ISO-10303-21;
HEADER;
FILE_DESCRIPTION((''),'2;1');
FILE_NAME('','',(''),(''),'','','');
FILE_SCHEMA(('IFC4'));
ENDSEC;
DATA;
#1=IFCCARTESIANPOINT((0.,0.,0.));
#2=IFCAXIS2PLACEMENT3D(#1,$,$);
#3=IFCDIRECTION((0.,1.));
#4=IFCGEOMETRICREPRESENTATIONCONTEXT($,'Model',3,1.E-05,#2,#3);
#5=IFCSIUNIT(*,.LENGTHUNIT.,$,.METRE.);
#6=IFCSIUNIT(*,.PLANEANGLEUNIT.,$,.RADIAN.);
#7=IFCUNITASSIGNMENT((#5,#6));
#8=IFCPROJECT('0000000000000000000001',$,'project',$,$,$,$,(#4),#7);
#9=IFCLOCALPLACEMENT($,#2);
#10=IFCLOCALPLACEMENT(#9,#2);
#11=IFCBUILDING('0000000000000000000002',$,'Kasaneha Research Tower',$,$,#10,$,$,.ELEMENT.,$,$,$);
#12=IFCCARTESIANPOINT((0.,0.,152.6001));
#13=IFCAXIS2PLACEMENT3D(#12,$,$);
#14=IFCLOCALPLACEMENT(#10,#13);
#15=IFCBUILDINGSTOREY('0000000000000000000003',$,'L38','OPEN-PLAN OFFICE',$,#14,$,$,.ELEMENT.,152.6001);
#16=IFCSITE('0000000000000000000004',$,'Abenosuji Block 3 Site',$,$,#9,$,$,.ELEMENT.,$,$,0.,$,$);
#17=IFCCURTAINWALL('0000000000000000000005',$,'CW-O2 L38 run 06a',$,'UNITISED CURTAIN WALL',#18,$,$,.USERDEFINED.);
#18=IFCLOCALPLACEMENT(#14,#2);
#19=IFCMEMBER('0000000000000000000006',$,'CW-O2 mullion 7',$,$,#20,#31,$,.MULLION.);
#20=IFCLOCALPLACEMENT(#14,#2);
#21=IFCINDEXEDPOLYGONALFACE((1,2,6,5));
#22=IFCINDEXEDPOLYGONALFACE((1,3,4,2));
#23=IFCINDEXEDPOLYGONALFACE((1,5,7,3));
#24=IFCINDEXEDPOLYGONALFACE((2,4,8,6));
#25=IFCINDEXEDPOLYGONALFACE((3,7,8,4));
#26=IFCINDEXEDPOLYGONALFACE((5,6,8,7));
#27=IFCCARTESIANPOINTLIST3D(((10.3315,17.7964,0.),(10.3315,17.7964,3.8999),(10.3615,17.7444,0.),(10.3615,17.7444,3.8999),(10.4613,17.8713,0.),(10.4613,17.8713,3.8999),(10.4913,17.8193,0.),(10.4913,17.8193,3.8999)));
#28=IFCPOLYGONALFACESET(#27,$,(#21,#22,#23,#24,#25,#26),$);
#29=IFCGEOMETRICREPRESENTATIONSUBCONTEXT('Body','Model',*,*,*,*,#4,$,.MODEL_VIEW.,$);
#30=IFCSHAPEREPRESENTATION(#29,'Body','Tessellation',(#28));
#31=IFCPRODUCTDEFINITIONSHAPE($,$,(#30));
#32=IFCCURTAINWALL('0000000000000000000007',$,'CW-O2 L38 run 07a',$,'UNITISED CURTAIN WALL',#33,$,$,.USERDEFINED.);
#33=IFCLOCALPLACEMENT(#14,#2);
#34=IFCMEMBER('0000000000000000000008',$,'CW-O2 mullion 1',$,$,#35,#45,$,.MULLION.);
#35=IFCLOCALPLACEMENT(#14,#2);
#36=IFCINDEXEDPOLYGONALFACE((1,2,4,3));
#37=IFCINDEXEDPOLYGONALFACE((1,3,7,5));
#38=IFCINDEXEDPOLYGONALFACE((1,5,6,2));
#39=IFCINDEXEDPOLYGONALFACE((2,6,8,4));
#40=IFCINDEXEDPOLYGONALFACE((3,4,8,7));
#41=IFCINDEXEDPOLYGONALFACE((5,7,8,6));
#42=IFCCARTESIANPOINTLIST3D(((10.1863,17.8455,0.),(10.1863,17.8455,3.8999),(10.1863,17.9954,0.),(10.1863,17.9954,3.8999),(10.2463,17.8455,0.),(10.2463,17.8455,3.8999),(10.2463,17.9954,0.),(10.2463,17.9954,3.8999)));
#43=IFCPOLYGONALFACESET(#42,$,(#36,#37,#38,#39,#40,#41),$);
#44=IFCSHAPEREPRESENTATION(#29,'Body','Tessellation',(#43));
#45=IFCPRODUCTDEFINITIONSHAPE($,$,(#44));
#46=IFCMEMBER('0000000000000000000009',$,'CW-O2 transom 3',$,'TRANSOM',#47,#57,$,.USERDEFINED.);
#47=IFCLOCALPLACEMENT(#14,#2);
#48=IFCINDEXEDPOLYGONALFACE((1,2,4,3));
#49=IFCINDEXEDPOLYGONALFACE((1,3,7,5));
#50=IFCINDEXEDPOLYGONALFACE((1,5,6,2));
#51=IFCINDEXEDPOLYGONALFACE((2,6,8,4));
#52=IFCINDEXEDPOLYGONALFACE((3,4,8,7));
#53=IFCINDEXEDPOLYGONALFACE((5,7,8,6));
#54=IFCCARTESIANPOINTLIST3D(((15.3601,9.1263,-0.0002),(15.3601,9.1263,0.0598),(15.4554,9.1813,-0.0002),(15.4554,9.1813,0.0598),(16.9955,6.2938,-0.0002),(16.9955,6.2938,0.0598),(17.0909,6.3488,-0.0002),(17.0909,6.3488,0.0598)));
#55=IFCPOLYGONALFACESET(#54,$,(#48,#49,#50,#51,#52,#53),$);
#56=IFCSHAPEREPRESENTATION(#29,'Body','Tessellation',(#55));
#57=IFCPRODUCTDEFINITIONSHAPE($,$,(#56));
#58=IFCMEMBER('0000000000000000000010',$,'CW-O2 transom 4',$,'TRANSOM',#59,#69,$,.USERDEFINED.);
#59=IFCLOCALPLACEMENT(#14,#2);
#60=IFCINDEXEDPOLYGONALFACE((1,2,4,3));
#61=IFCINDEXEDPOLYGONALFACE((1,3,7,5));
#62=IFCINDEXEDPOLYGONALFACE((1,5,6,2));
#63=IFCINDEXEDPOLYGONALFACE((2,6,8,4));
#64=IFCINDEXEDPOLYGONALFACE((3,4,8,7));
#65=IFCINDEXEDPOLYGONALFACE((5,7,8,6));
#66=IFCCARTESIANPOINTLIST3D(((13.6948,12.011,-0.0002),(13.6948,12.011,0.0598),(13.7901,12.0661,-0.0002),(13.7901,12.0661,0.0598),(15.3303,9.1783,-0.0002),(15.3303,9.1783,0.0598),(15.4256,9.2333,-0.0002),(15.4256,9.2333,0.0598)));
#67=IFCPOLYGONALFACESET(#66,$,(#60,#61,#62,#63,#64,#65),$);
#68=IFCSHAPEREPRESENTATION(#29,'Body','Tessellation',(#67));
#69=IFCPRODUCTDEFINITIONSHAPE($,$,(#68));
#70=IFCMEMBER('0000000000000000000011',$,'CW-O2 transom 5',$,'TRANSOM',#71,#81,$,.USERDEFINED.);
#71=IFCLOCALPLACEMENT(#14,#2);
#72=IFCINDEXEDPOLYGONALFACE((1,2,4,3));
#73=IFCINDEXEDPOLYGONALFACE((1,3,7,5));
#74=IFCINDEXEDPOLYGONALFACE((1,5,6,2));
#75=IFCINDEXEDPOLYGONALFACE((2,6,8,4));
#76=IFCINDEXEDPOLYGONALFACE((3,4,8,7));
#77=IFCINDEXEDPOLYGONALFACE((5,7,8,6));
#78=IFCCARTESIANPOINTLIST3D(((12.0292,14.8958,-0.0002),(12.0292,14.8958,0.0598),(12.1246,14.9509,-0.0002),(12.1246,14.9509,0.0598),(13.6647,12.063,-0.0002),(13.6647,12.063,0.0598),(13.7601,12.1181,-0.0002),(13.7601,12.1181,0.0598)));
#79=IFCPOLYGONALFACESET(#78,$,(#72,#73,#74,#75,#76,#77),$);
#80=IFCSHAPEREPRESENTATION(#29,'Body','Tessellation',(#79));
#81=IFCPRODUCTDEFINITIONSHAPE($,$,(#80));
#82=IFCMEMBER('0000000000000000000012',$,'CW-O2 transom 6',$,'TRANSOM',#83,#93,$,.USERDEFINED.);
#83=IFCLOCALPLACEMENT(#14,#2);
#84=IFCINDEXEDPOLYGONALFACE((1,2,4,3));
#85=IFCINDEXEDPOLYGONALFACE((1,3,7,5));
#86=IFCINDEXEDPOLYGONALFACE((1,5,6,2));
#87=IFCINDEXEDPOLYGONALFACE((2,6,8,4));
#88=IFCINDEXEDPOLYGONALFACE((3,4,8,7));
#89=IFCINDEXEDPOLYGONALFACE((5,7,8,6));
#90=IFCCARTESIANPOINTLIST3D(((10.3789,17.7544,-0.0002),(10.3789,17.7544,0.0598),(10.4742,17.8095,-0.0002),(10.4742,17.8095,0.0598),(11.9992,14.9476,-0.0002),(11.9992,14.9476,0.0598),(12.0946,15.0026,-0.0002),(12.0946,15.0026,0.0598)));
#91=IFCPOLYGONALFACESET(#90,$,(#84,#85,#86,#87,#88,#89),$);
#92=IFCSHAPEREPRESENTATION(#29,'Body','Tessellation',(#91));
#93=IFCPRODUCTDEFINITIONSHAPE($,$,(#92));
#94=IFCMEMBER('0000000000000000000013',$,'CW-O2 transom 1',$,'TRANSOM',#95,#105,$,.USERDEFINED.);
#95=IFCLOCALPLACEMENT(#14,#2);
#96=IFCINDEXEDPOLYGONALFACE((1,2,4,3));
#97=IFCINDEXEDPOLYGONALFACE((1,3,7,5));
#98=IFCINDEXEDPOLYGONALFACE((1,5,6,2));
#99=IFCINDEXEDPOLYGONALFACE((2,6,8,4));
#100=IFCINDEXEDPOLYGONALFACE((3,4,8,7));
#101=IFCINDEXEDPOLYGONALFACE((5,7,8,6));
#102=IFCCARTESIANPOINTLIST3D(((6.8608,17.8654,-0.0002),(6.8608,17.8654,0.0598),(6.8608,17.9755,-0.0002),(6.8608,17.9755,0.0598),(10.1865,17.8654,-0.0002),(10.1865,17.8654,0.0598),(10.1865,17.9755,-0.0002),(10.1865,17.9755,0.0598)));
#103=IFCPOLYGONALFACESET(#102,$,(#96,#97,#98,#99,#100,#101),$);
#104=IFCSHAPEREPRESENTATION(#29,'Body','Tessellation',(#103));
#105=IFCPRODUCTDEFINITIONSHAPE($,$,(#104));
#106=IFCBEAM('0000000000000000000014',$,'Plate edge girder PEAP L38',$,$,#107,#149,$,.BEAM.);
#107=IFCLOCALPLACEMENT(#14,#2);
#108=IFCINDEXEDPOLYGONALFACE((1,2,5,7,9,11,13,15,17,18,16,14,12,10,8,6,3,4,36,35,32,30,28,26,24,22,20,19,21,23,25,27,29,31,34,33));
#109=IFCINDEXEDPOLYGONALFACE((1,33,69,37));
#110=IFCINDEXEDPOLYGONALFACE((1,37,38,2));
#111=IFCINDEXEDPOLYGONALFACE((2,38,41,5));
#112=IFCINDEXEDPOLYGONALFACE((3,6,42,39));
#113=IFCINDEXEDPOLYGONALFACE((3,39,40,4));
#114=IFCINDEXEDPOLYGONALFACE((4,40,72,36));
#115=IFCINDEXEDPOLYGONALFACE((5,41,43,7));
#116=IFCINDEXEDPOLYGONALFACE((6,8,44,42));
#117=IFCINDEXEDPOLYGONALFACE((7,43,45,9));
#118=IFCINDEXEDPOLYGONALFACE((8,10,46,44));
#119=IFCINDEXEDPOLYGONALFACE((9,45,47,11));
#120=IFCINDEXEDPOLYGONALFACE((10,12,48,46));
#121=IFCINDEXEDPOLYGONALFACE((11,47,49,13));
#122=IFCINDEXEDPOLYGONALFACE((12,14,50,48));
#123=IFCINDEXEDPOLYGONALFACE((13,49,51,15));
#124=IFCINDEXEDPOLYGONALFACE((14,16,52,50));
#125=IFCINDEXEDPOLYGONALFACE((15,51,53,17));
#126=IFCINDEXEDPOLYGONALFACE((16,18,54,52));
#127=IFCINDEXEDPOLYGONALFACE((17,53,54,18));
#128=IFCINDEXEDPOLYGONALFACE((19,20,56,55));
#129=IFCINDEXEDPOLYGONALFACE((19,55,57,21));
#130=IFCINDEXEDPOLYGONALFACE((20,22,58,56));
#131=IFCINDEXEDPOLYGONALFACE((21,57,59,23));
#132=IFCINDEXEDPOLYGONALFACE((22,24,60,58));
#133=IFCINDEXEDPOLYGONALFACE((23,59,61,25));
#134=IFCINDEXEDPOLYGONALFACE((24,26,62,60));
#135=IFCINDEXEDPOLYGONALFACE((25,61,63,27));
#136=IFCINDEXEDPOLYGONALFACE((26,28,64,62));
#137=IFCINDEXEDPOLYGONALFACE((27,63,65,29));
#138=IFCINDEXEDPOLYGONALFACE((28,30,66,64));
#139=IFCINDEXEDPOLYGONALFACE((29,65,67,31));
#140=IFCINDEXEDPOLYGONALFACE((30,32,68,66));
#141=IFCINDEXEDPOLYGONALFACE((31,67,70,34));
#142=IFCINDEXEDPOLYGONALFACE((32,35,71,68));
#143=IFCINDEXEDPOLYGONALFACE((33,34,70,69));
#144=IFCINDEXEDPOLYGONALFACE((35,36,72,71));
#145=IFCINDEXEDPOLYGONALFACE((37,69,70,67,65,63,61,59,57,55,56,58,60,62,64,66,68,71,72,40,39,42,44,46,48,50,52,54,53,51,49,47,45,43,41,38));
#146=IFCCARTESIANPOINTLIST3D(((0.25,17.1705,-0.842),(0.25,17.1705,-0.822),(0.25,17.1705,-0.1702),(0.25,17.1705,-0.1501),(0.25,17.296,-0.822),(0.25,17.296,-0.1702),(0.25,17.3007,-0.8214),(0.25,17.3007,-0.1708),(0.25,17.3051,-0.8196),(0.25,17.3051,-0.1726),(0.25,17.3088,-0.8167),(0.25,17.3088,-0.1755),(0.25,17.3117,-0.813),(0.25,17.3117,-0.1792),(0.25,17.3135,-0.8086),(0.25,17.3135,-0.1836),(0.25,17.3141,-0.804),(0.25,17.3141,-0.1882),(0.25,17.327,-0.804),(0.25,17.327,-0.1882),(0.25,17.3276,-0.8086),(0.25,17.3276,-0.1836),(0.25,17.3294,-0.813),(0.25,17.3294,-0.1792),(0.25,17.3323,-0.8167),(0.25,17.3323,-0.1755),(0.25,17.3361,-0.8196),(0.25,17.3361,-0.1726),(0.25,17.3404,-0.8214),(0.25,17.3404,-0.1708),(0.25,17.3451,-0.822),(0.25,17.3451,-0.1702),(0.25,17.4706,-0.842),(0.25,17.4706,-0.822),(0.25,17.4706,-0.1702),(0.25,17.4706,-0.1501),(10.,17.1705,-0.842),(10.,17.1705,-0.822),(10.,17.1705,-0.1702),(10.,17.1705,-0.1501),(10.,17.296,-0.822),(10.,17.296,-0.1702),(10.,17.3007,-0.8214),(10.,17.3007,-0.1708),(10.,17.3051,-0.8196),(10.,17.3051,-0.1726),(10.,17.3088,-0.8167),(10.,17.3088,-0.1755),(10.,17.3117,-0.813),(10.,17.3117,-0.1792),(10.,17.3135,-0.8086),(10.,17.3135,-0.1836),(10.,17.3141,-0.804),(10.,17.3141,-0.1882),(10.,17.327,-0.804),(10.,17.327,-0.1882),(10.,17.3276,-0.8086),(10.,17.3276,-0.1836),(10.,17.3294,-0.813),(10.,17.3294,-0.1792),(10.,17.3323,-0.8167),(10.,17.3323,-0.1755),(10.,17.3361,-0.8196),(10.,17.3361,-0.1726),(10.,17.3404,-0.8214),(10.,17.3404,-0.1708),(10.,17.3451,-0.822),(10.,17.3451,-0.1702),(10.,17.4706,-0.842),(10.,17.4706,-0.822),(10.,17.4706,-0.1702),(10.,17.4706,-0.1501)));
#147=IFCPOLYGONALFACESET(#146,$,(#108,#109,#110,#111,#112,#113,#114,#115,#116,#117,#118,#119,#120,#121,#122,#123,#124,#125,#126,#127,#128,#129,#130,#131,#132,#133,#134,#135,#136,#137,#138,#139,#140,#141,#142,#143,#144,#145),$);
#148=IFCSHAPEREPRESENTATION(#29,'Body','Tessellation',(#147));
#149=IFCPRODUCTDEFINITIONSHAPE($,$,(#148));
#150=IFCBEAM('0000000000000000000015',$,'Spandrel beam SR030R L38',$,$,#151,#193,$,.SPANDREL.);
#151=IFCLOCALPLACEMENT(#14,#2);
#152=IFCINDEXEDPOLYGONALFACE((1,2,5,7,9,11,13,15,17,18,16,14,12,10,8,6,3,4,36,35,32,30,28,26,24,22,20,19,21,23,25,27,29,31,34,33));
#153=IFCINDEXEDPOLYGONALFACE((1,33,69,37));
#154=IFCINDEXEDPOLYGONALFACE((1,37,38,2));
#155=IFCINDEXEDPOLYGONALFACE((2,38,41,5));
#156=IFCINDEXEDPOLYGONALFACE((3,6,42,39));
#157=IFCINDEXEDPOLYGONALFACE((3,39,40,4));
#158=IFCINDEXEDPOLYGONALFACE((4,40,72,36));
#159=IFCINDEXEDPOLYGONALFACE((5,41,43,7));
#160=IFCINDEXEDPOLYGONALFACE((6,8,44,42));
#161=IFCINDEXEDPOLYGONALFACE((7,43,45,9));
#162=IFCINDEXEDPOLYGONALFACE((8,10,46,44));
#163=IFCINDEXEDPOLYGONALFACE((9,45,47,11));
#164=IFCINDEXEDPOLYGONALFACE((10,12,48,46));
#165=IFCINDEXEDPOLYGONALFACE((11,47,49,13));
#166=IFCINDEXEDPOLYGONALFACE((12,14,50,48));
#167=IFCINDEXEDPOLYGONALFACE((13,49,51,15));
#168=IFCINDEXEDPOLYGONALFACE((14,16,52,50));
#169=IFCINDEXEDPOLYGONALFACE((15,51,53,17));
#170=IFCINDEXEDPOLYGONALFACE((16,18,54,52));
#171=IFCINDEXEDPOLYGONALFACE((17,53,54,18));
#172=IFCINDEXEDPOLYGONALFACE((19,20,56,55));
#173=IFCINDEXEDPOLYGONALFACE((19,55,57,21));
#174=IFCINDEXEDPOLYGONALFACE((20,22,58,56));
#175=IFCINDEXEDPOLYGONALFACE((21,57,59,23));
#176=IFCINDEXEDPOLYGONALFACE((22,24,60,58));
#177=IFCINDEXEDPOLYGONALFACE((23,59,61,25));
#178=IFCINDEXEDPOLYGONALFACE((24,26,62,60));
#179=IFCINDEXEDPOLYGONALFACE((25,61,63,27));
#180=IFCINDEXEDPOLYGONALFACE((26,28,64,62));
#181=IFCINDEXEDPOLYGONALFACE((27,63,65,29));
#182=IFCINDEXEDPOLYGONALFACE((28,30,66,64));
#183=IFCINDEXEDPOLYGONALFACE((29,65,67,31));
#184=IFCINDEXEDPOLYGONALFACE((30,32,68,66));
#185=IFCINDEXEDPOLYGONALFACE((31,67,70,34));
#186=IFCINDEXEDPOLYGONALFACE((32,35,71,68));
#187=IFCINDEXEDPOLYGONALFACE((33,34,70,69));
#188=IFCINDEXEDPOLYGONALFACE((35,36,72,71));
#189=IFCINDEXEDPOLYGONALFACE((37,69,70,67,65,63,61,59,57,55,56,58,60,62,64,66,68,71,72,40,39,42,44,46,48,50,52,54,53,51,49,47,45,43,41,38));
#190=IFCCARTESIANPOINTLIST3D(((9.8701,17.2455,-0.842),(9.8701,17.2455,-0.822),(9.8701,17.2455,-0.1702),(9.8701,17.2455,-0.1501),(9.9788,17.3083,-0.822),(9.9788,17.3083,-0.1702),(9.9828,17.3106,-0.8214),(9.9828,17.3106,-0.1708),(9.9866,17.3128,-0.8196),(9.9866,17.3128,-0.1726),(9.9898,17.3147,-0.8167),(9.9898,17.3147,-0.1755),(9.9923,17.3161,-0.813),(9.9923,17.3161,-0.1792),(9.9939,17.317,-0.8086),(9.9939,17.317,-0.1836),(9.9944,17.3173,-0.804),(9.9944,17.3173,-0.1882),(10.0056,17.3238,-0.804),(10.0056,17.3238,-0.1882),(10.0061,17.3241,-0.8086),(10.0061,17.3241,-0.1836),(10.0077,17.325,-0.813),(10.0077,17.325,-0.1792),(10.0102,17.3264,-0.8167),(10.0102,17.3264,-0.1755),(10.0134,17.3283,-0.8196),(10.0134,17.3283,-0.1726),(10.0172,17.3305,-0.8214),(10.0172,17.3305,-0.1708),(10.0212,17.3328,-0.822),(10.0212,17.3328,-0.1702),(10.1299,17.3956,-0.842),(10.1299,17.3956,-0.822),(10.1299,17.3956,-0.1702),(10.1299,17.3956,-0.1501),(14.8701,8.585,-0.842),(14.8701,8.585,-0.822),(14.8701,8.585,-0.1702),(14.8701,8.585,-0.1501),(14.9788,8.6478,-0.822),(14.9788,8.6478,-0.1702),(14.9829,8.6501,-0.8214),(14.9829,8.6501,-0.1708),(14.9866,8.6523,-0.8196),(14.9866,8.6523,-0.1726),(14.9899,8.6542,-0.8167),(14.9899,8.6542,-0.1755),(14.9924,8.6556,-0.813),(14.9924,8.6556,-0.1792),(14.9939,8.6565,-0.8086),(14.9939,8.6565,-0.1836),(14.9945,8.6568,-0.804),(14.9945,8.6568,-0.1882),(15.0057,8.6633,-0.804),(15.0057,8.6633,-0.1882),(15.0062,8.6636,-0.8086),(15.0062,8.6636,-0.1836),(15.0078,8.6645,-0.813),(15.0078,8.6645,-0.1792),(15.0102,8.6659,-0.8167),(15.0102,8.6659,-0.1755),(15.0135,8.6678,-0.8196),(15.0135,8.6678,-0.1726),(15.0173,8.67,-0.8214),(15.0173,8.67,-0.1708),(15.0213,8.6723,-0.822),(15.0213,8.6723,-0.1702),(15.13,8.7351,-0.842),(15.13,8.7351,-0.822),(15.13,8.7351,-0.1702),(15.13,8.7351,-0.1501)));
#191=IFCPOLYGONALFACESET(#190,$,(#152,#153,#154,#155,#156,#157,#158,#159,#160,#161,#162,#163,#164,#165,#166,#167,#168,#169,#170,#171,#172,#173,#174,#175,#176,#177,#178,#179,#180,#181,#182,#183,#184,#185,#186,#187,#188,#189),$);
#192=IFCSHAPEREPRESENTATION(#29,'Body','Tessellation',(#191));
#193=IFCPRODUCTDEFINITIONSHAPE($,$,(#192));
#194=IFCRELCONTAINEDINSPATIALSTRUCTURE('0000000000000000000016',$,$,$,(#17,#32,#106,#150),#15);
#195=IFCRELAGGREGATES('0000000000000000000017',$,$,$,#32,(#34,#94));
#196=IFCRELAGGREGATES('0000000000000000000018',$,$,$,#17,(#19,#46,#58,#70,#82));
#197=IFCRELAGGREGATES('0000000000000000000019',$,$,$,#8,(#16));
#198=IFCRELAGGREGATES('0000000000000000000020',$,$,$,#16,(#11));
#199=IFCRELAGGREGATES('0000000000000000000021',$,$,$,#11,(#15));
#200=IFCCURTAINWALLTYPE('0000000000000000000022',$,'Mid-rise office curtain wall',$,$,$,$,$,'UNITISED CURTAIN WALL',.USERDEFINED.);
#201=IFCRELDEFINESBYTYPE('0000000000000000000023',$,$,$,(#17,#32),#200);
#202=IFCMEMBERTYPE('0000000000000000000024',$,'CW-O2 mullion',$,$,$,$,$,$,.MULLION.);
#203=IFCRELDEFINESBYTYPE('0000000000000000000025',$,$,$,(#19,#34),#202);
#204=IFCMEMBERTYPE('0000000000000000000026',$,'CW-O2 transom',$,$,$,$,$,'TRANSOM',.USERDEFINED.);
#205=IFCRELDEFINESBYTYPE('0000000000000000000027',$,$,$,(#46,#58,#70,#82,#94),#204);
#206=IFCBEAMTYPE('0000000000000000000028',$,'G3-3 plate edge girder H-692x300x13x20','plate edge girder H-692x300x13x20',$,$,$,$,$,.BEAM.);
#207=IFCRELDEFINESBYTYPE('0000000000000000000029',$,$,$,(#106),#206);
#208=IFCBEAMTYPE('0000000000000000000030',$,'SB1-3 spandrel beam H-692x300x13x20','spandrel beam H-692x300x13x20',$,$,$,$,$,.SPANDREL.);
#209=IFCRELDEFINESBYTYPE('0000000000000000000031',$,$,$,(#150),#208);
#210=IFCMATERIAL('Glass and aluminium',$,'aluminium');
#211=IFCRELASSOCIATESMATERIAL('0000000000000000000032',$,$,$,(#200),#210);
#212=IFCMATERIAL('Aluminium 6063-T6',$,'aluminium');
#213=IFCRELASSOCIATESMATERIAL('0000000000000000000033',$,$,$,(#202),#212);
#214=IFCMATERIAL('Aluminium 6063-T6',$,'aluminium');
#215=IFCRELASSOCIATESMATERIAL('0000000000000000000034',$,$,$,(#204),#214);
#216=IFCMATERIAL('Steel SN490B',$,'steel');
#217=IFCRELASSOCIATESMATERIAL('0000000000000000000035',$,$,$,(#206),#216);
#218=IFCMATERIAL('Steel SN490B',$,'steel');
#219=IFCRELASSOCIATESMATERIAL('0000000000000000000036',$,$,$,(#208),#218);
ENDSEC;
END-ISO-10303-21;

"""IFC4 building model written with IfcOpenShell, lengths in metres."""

from ifc_helpers import new_model, si_unit, direction, frame, origin, origin_2d, place, context, subcontext, project, spatial, rectangle, i_section, extrude, material, material_profile, profile_set, type_object, element, aggregate, save


model = new_model("IFC4")

# Units and contexts
model_context = context("Model", 3, precision=1e-05, world=origin(), true_north=direction((0.0, 1.0)))
body_context = subcontext(model_context, "Body", "Model", "MODEL_VIEW")
ifc_project = project(units=[si_unit("LENGTHUNIT", "METRE"), si_unit("PLANEANGLEUNIT", "RADIAN")], contexts=[model_context])

# Site, building, storey
site_placement = place(None, origin())
site = spatial("IfcSite", under=ifc_project, at=site_placement, Name="Abenosuji Block 3 Site", CompositionType="ELEMENT", RefElevation=0.0)
building_placement = place(site_placement, origin())
building = spatial("IfcBuilding", under=site, at=building_placement, Name="Kasaneha Research Tower", CompositionType="ELEMENT")
storey_placement = place(building_placement, frame((0.0, 0.0, 152.6001)))
storey = spatial("IfcBuildingStorey", under=building, at=storey_placement, Name="L38", Description="OPEN-PLAN OFFICE", CompositionType="ELEMENT", Elevation=152.6001)

# Curtain wall, member
ifc_material_1 = material(Name="Glass and aluminium", Category="aluminium")
curtain_wall_type = type_object("IfcCurtainWallType", Name="Mid-rise office curtain wall", ElementType="UNITISED CURTAIN WALL", PredefinedType="USERDEFINED", material=ifc_material_1)
curtain_wall_1_placement = place(storey_placement, origin())
curtain_wall_1 = element("IfcCurtainWall", 1, at=curtain_wall_1_placement, inside=storey, type_object=curtain_wall_type, Name="CW-O2 L38 run 06a", ObjectType="UNITISED CURTAIN WALL", PredefinedType="USERDEFINED")
ifc_material_2 = material(Name="Aluminium 6063-T6", Category="aluminium")
ifc_material_profile_1 = material_profile(ifc_material_2, rectangle(XDim=0.0601, YDim=0.1499, at=origin_2d()), Name="CW-O2 mullion 60x150")
ifc_profile_set_1 = profile_set([ifc_material_profile_1], Name="Aluminium 6063-T6")
member_type_1 = type_object("IfcMemberType", Name="CW-O2 mullion", PredefinedType="MULLION", material=ifc_profile_set_1)
member_1_placement = place(storey_placement, frame((10.4114, 17.8079, 0.0), z_axis=(0.0, 0.0, 1.0), x_axis=(-0.5, 0.866025, 0.0)))
member_1 = element("IfcMember", 2, at=member_1_placement, type_object=member_type_1, Name="CW-O2 mullion 7", PredefinedType="MULLION", context=body_context, shape_type="SweptSolid", body=[
    extrude(rectangle(XDim=0.0601, YDim=0.1499, at=origin_2d()), origin(), (0.0, 0.0, 1.0), 3.8999),
])

# Curtain wall, member
curtain_wall_2_placement = place(storey_placement, origin())
curtain_wall_2 = element("IfcCurtainWall", 3, at=curtain_wall_2_placement, inside=storey, type_object=curtain_wall_type, Name="CW-O2 L38 run 07a", ObjectType="UNITISED CURTAIN WALL", PredefinedType="USERDEFINED")
member_2_placement = place(storey_placement, frame((10.2163, 17.9204, 0.0), z_axis=(0.0, 0.0, 1.0), x_axis=(-1.0, 0.0, 0.0)))
member_2 = element("IfcMember", 4, at=member_2_placement, type_object=member_type_1, Name="CW-O2 mullion 1", PredefinedType="MULLION", context=body_context, shape_type="SweptSolid", body=[
    extrude(rectangle(XDim=0.0601, YDim=0.1499, at=origin_2d()), origin(), (0.0, 0.0, 1.0), 3.8999),
])

# Members
ifc_material_3 = material(Name="Aluminium 6063-T6", Category="aluminium")
ifc_material_profile_2 = material_profile(ifc_material_3, rectangle(XDim=0.1101, YDim=0.0601, at=origin_2d()), Name="CW-O2 transom 110x60")
ifc_profile_set_2 = profile_set([ifc_material_profile_2], Name="Aluminium 6063-T6")
member_type_2 = type_object("IfcMemberType", Name="CW-O2 transom", ElementType="TRANSOM", PredefinedType="USERDEFINED", material=ifc_profile_set_2)
member_3_placement = place(storey_placement, frame((17.0432, 6.3213, 0.0298), z_axis=(-0.500033, 0.866007, 0.0), x_axis=(-0.866007, -0.500033, 0.0)))
member_3 = element("IfcMember", 5, at=member_3_placement, type_object=member_type_2, Name="CW-O2 transom 3", ObjectType="TRANSOM", PredefinedType="USERDEFINED", context=body_context, shape_type="SweptSolid", body=[
    extrude(rectangle(XDim=0.1101, YDim=0.0601, at=origin_2d()), origin(), (0.0, 0.0, 1.0), 3.2708),
])
member_4_placement = place(storey_placement, frame((15.3779, 9.2058, 0.0298), z_axis=(-0.5, 0.866025, 0.0), x_axis=(-0.866025, -0.5, 0.0)))
member_4 = element("IfcMember", 6, at=member_4_placement, type_object=member_type_2, Name="CW-O2 transom 4", ObjectType="TRANSOM", PredefinedType="USERDEFINED", context=body_context, shape_type="SweptSolid", body=[
    extrude(rectangle(XDim=0.1101, YDim=0.0601, at=origin_2d()), origin(), (0.0, 0.0, 1.0), 3.271),
])
member_5_placement = place(storey_placement, frame((13.7124, 12.0906, 0.0298), z_axis=(-0.5, 0.866025, 0.0), x_axis=(-0.866025, -0.5, 0.0)))
member_5 = element("IfcMember", 7, at=member_5_placement, type_object=member_type_2, Name="CW-O2 transom 5", ObjectType="TRANSOM", PredefinedType="USERDEFINED", context=body_context, shape_type="SweptSolid", body=[
    extrude(rectangle(XDim=0.1101, YDim=0.0601, at=origin_2d()), origin(), (0.0, 0.0, 1.0), 3.271),
])
member_6_placement = place(storey_placement, frame((12.0469, 14.9751, 0.0298), z_axis=(-0.499955, 0.866051, 0.0), x_axis=(-0.866051, -0.499955, 0.0)))
member_6 = element("IfcMember", 8, at=member_6_placement, type_object=member_type_2, Name="CW-O2 transom 6", ObjectType="TRANSOM", PredefinedType="USERDEFINED", context=body_context, shape_type="SweptSolid", body=[
    extrude(rectangle(XDim=0.1101, YDim=0.0601, at=origin_2d()), origin(), (0.0, 0.0, 1.0), 3.241),
])
member_7_placement = place(storey_placement, frame((10.1865, 17.9204, 0.0298), z_axis=(-1.0, 0.0, 0.0), x_axis=(0.0, -1.0, 0.0)))
member_7 = element("IfcMember", 9, at=member_7_placement, type_object=member_type_2, Name="CW-O2 transom 1", ObjectType="TRANSOM", PredefinedType="USERDEFINED", context=body_context, shape_type="SweptSolid", body=[
    extrude(rectangle(XDim=0.1101, YDim=0.0601, at=origin_2d()), origin(), (0.0, 0.0, 1.0), 3.3257),
])
aggregate(curtain_wall_2, [member_2, member_7])

# Beams
ifc_material_4 = material(Name="Steel SN490B", Category="steel")
ifc_material_profile_3 = material_profile(ifc_material_4, i_section(OverallWidth=0.3, OverallDepth=0.6919, WebThickness=0.0129, FlangeThickness=0.02, FilletRadius=0.0181, at=origin_2d()), Name="H-692x300x13x20")
ifc_profile_set_3 = profile_set([ifc_material_profile_3], Name="Steel SN490B")
beam_type_1 = type_object("IfcBeamType", Name="G3-3 plate edge girder H-692x300x13x20", Description="plate edge girder H-692x300x13x20", PredefinedType="BEAM", material=ifc_profile_set_3)
beam_1_placement = place(storey_placement, frame((10.0, 17.3206, -0.4961), z_axis=(-1.0, 0.0, 0.0), x_axis=(0.0, -1.0, 0.0)))
element("IfcBeam", 10, at=beam_1_placement, inside=storey, type_object=beam_type_1, Name="Plate edge girder PEAP L38", PredefinedType="BEAM", context=body_context, shape_type="SweptSolid", body=[
    extrude(i_section(OverallWidth=0.3, OverallDepth=0.6919, WebThickness=0.0129, FlangeThickness=0.02, FilletRadius=0.0181, at=origin_2d()), origin(), (0.0, 0.0, 1.0), 9.75),
])
ifc_material_5 = material(Name="Steel SN490B", Category="steel")
ifc_material_profile_4 = material_profile(ifc_material_5, i_section(OverallWidth=0.3, OverallDepth=0.6919, WebThickness=0.0129, FlangeThickness=0.02, FilletRadius=0.0181, at=origin_2d()), Name="H-692x300x13x20")
ifc_profile_set_4 = profile_set([ifc_material_profile_4], Name="Steel SN490B")
beam_type_2 = type_object("IfcBeamType", Name="SB1-3 spandrel beam H-692x300x13x20", Description="spandrel beam H-692x300x13x20", PredefinedType="SPANDREL", material=ifc_profile_set_4)
beam_2_placement = place(storey_placement, frame((10.0, 17.3206, -0.4961), z_axis=(0.499994, -0.866029, 0.0), x_axis=(0.866029, 0.499994, 0.0)))
element("IfcBeam", 11, at=beam_2_placement, inside=storey, type_object=beam_type_2, Name="Spandrel beam SR030R L38", PredefinedType="SPANDREL", context=body_context, shape_type="SweptSolid", body=[
    extrude(i_section(OverallWidth=0.3, OverallDepth=0.6919, WebThickness=0.0129, FlangeThickness=0.02, FilletRadius=0.0181, at=origin_2d()), origin(), (0.0, 0.0, 1.0), 10.0002),
])

aggregate(curtain_wall_1, [member_1, member_3, member_4, member_5, member_6])

save(model, "model.ifc")
